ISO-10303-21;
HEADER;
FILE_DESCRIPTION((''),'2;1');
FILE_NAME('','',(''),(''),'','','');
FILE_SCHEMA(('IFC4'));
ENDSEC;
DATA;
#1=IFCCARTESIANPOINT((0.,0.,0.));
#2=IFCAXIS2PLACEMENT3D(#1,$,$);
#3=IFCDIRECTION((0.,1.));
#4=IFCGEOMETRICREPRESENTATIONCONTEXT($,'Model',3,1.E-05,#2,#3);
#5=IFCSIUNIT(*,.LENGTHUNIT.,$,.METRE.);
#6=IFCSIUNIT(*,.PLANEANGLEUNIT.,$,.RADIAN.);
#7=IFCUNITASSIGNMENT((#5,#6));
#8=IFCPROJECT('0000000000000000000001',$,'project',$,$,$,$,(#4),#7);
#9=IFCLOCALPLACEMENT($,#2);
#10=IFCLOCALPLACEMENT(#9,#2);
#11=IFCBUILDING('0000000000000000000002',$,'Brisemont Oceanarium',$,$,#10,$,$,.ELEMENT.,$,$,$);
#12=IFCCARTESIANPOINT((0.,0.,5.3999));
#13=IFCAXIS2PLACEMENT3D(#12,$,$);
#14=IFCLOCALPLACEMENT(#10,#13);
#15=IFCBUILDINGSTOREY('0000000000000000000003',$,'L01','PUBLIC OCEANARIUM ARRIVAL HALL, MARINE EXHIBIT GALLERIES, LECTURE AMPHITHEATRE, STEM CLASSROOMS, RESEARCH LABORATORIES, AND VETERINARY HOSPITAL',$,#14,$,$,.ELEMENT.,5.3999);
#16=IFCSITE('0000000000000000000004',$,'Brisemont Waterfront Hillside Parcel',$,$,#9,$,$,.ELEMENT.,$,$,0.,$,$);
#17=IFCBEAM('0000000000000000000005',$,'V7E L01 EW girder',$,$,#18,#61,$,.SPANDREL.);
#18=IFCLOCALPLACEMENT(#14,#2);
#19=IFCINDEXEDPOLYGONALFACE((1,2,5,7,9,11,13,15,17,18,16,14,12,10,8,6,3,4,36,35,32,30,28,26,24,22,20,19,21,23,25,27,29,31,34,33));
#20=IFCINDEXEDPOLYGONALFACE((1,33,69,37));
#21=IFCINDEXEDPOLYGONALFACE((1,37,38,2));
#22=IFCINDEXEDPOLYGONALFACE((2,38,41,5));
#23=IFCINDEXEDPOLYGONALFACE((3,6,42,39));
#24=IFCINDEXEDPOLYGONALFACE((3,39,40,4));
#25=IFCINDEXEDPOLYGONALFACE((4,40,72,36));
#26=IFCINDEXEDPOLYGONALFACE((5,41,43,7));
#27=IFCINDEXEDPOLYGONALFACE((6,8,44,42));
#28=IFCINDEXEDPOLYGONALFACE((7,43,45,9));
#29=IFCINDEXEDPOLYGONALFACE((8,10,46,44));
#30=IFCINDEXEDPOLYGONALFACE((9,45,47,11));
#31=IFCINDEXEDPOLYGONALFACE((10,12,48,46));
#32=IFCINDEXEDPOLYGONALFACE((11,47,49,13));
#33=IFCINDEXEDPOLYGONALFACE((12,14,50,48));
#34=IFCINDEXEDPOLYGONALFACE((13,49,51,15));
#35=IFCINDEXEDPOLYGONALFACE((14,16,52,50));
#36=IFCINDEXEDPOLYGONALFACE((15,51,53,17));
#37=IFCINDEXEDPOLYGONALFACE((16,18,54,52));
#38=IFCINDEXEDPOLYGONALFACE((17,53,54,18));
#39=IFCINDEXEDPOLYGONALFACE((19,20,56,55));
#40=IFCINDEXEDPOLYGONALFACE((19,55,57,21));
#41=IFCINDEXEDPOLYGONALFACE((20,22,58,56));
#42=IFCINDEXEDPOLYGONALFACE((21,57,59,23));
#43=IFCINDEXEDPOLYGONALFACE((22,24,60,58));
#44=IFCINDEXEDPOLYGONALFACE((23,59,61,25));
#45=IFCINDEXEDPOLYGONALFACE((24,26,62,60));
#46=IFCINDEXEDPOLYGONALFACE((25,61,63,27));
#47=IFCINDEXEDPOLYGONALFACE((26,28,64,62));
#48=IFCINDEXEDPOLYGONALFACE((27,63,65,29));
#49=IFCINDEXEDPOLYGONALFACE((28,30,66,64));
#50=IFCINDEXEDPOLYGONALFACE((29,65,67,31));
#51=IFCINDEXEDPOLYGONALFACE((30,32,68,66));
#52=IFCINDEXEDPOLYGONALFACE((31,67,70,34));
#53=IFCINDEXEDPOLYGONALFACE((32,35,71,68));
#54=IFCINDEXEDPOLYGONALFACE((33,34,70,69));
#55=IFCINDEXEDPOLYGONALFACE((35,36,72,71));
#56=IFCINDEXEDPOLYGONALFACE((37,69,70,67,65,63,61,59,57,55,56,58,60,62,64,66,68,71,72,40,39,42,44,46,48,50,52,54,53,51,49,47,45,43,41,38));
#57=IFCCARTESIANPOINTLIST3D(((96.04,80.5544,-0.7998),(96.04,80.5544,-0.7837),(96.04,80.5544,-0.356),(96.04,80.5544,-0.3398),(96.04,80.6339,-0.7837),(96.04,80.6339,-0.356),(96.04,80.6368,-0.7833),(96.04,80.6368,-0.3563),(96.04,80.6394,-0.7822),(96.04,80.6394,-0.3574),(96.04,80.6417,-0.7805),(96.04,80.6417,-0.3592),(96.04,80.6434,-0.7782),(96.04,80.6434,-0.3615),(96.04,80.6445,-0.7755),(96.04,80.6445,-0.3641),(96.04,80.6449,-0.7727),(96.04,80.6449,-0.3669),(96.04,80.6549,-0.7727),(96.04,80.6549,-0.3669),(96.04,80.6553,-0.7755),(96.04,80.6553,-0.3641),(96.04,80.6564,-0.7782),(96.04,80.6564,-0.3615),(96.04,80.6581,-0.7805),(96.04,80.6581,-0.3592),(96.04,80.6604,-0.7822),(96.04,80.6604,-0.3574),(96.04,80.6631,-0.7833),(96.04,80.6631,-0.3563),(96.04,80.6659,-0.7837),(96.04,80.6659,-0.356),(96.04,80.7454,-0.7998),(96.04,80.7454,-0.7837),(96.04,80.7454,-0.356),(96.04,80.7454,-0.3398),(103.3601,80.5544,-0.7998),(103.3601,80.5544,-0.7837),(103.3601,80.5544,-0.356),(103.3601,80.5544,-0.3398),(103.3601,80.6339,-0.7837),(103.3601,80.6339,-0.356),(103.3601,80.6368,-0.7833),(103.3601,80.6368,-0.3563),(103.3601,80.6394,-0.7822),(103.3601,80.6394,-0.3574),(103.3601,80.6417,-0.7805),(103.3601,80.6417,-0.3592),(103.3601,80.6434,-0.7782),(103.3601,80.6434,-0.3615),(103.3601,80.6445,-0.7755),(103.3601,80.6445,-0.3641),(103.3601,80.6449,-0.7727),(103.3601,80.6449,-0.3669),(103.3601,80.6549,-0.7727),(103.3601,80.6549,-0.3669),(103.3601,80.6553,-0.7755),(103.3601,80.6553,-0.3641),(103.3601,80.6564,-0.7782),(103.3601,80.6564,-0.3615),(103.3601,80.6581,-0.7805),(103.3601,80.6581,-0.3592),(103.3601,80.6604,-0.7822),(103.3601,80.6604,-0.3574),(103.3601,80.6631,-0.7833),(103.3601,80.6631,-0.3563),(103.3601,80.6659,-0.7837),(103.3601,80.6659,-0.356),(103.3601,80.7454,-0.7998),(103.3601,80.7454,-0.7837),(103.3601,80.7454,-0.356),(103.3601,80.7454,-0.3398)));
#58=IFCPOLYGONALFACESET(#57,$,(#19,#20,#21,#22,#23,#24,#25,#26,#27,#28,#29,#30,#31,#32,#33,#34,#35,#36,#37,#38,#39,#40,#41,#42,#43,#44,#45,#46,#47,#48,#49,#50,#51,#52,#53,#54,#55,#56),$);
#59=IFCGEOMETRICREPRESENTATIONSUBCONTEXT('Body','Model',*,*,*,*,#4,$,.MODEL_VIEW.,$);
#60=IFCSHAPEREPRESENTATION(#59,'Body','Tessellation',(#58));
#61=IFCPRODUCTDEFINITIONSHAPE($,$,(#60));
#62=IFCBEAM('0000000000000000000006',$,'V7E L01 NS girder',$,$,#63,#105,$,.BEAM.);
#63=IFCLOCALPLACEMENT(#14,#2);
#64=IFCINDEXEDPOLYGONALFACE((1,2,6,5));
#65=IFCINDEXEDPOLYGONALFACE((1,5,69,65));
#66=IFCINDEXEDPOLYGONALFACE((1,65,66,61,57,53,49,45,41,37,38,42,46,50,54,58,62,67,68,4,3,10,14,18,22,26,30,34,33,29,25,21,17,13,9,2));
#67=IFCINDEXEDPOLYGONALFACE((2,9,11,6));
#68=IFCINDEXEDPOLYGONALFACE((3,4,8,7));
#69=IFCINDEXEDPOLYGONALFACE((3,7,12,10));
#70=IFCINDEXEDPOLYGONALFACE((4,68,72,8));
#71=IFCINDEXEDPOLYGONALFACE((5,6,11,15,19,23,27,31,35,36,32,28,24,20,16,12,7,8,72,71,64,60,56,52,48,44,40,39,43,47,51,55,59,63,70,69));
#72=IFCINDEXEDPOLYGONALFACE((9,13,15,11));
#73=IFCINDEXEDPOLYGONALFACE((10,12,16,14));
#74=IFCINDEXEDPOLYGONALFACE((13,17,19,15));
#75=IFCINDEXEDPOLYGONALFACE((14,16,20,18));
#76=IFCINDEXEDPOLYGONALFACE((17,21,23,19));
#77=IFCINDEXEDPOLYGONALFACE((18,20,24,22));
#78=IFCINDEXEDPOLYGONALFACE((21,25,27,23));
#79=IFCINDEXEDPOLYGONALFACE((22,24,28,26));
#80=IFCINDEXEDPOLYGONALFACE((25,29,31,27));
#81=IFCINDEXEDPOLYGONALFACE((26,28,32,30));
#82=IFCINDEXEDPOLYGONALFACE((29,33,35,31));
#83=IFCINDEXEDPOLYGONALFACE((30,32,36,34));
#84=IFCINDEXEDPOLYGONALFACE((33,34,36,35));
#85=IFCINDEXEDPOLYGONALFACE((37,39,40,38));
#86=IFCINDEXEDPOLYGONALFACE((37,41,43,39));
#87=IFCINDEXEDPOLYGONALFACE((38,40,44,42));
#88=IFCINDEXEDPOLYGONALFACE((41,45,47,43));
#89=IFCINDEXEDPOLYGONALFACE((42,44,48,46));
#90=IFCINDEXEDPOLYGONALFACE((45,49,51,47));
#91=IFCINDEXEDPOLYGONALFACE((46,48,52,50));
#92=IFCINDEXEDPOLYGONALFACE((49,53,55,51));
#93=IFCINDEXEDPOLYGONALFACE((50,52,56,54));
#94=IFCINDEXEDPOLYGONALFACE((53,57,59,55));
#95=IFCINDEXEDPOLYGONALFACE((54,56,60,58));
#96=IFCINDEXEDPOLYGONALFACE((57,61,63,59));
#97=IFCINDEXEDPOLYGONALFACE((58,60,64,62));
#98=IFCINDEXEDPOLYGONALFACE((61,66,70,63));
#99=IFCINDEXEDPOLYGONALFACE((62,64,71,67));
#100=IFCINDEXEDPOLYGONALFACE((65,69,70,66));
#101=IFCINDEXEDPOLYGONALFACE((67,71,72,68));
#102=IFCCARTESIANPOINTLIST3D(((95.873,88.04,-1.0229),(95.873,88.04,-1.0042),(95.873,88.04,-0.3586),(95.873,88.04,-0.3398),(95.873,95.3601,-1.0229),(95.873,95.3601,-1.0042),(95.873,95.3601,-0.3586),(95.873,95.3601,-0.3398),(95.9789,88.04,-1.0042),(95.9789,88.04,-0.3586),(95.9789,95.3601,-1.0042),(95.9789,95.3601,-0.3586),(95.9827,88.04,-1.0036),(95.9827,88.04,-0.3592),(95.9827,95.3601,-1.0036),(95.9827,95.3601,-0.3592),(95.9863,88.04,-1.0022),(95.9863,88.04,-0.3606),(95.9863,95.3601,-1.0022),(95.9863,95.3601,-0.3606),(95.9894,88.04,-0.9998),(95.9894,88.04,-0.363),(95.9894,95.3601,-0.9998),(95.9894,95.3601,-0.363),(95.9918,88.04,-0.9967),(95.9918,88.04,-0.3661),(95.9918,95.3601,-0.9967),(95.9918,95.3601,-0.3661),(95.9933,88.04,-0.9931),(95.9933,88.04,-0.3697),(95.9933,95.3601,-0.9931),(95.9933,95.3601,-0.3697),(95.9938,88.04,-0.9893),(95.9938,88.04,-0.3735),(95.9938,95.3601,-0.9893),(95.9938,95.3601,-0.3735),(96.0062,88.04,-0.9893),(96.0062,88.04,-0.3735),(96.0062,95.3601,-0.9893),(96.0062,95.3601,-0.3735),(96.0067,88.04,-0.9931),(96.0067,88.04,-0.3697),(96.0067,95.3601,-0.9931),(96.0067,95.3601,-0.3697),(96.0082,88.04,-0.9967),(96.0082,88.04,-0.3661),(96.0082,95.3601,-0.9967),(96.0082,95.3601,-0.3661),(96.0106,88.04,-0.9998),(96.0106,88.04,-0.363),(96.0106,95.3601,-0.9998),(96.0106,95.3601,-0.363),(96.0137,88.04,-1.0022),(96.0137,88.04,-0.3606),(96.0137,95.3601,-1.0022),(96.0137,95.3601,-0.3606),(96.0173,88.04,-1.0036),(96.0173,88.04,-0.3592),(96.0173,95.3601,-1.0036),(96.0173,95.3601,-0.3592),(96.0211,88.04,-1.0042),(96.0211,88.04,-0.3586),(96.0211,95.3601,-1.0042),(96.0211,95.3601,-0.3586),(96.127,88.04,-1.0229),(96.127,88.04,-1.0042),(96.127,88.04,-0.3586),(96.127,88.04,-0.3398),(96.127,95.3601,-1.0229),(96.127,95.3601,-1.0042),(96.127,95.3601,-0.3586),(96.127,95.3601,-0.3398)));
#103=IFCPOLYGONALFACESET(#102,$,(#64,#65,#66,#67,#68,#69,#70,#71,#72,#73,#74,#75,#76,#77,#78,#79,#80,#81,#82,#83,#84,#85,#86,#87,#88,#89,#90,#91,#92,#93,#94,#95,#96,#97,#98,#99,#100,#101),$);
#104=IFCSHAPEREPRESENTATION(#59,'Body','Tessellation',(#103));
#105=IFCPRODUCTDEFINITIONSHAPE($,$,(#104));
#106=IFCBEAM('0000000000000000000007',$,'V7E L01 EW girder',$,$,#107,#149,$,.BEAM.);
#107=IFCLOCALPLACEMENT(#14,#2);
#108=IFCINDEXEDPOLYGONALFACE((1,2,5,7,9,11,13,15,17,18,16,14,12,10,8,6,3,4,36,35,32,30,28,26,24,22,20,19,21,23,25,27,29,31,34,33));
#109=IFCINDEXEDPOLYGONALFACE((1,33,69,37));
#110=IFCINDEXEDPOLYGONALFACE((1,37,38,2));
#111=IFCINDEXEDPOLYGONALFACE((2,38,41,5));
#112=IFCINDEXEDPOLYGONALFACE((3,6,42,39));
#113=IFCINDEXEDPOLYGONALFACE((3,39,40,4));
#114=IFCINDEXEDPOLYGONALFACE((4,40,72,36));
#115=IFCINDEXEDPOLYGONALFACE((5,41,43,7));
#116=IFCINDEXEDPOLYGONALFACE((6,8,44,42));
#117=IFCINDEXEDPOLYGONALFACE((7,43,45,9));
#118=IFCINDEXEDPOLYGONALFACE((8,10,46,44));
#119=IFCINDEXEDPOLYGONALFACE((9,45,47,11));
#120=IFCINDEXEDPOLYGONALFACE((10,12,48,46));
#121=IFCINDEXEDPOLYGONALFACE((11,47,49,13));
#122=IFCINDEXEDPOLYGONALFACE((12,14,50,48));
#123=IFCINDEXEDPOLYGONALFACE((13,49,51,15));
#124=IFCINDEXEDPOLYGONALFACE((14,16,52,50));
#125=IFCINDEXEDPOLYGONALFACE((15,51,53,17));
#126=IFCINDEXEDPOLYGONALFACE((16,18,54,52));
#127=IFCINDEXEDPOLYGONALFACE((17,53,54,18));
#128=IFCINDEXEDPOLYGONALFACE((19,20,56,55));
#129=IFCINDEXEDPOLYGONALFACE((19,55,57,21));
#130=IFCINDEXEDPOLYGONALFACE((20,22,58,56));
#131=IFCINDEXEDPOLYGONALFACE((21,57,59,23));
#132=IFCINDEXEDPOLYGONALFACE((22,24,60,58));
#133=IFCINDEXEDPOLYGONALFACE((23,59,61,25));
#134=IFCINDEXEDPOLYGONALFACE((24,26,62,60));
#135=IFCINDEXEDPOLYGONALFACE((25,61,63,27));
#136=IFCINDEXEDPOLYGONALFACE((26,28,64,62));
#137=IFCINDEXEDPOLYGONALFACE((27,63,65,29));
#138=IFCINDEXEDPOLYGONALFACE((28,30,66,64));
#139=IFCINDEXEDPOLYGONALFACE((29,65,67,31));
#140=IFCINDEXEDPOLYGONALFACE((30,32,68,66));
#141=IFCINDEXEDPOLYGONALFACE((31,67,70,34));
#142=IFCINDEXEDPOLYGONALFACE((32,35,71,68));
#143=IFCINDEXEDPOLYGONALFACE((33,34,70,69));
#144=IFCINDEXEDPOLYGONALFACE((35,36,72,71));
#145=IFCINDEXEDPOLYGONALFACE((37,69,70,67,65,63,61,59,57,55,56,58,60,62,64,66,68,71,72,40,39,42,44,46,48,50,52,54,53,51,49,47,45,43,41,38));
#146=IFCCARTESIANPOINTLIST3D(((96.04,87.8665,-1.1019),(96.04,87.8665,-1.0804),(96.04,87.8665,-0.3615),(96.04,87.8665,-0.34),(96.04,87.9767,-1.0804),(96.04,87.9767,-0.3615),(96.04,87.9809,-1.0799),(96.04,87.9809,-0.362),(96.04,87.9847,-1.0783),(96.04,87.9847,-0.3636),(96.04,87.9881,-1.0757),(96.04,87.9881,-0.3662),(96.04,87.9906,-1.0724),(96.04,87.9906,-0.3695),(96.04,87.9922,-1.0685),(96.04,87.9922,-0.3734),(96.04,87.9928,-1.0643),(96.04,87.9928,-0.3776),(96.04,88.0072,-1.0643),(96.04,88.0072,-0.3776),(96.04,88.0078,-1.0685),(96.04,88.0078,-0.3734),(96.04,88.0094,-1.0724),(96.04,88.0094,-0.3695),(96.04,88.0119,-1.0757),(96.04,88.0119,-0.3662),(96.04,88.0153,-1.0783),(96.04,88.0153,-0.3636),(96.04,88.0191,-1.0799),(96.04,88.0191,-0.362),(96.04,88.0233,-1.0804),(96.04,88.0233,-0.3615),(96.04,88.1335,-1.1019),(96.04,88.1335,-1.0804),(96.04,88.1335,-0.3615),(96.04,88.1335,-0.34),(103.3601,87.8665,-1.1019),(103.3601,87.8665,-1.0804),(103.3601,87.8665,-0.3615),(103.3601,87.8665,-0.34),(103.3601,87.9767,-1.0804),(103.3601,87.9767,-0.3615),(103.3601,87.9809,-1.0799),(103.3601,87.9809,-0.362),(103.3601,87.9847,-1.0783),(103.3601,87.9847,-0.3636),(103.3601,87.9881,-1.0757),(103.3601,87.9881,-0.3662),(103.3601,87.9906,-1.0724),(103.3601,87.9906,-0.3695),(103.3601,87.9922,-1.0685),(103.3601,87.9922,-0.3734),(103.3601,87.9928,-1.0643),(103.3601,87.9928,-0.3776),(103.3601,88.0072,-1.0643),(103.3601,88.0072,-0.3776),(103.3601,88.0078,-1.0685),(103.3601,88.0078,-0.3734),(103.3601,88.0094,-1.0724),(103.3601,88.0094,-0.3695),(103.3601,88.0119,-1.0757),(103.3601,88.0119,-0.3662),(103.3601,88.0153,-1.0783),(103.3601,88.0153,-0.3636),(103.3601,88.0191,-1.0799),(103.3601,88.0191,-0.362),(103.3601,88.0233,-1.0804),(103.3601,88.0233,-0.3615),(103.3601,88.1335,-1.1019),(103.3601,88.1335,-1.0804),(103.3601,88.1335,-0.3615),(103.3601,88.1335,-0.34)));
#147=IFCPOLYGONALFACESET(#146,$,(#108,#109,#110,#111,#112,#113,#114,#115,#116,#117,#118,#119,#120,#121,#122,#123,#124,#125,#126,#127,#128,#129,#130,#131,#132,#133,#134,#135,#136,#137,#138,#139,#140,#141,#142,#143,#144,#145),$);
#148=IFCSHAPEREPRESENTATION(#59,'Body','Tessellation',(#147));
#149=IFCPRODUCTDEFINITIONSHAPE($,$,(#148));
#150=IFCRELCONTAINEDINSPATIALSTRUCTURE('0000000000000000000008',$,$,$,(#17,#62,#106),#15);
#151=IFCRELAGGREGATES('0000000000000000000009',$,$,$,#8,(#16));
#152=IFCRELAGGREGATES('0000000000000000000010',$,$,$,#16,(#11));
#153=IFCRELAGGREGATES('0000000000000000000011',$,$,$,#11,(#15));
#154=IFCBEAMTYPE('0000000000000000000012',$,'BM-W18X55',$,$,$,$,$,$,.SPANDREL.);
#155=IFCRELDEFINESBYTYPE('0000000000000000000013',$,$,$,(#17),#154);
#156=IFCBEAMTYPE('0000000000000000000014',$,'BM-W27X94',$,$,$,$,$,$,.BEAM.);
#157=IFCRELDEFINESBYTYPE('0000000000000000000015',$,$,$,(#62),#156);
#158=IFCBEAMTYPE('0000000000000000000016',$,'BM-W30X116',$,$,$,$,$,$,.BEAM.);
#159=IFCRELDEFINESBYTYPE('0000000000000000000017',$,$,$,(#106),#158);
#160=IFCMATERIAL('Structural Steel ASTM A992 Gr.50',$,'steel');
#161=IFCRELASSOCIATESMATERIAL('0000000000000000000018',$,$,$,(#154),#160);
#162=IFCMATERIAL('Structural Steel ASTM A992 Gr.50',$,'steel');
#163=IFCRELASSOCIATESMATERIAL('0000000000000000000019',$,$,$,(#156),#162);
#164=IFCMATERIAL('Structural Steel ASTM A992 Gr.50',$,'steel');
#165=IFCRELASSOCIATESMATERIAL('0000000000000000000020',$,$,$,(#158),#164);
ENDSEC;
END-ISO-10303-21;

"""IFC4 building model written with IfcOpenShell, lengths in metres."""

from ifc_helpers import new_model, si_unit, direction, frame, origin, origin_2d, place, context, subcontext, project, spatial, i_section, extrude, material, material_profile, profile_set, type_object, element, save


model = new_model("IFC4")

# Units and contexts
model_context = context("Model", 3, precision=1e-05, world=origin(), true_north=direction((0.0, 1.0)))
body_context = subcontext(model_context, "Body", "Model", "MODEL_VIEW")
ifc_project = project(units=[si_unit("LENGTHUNIT", "METRE"), si_unit("PLANEANGLEUNIT", "RADIAN")], contexts=[model_context])

# Site, building, storey
site_placement = place(None, origin())
site = spatial("IfcSite", under=ifc_project, at=site_placement, Name="Brisemont Waterfront Hillside Parcel", CompositionType="ELEMENT", RefElevation=0.0)
building_placement = place(site_placement, origin())
building = spatial("IfcBuilding", under=site, at=building_placement, Name="Brisemont Oceanarium", CompositionType="ELEMENT")
storey_placement = place(building_placement, frame((0.0, 0.0, 5.3999)))
storey = spatial("IfcBuildingStorey", under=building, at=storey_placement, Name="L01", Description="PUBLIC OCEANARIUM ARRIVAL HALL, MARINE EXHIBIT GALLERIES, LECTURE AMPHITHEATRE, STEM CLASSROOMS, RESEARCH LABORATORIES, AND VETERINARY HOSPITAL", CompositionType="ELEMENT", Elevation=5.3999)

# Beams
ifc_material_1 = material(Name="Structural Steel ASTM A992 Gr.50", Category="steel")
ifc_material_profile_1 = material_profile(ifc_material_1, i_section(OverallWidth=0.1909, OverallDepth=0.46, WebThickness=0.01, FlangeThickness=0.0161, FilletRadius=0.011, at=origin_2d()), Name="W18X55")
ifc_profile_set_1 = profile_set([ifc_material_profile_1], Name="Structural Steel ASTM A992 Gr.50")
beam_type_1 = type_object("IfcBeamType", Name="BM-W18X55", PredefinedType="SPANDREL", material=ifc_profile_set_1)
beam_1_placement = place(storey_placement, frame((96.04, 80.6499, -0.5698), z_axis=(1.0, 0.0, 0.0), x_axis=(0.0, 1.0, 0.0)))
element("IfcBeam", 1, at=beam_1_placement, inside=storey, type_object=beam_type_1, Name="V7E L01 EW girder", PredefinedType="SPANDREL", context=body_context, shape_type="SweptSolid", body=[
    extrude(i_section(OverallWidth=0.1909, OverallDepth=0.46, WebThickness=0.01, FlangeThickness=0.0161, FilletRadius=0.011, at=origin_2d()), origin(), (0.0, 0.0, 1.0), 7.3201),
])
ifc_material_2 = material(Name="Structural Steel ASTM A992 Gr.50", Category="steel")
ifc_material_profile_2 = material_profile(ifc_material_2, i_section(OverallWidth=0.2539, OverallDepth=0.6831, WebThickness=0.0125, FlangeThickness=0.0188, FilletRadius=0.0149, at=origin_2d()), Name="W27X94")
ifc_profile_set_2 = profile_set([ifc_material_profile_2], Name="Structural Steel ASTM A992 Gr.50")
beam_type_2 = type_object("IfcBeamType", Name="BM-W27X94", PredefinedType="BEAM", material=ifc_profile_set_2)
beam_2_placement = place(storey_placement, frame((96.0, 88.04, -0.6814), z_axis=(0.0, 1.0, 0.0), x_axis=(-1.0, 0.0, 0.0)))
element("IfcBeam", 2, at=beam_2_placement, inside=storey, type_object=beam_type_2, Name="V7E L01 NS girder", PredefinedType="BEAM", context=body_context, shape_type="SweptSolid", body=[
    extrude(i_section(OverallWidth=0.2539, OverallDepth=0.6831, WebThickness=0.0125, FlangeThickness=0.0188, FilletRadius=0.0149, at=origin_2d()), origin(), (0.0, 0.0, 1.0), 7.3201),
])
ifc_material_3 = material(Name="Structural Steel ASTM A992 Gr.50", Category="steel")
ifc_material_profile_3 = material_profile(ifc_material_3, i_section(OverallWidth=0.2671, OverallDepth=0.762, WebThickness=0.0144, FlangeThickness=0.0215, FilletRadius=0.0161, at=origin_2d()), Name="W30X116")
ifc_profile_set_3 = profile_set([ifc_material_profile_3], Name="Structural Steel ASTM A992 Gr.50")
beam_type_3 = type_object("IfcBeamType", Name="BM-W30X116", PredefinedType="BEAM", material=ifc_profile_set_3)
beam_3_placement = place(storey_placement, frame((96.04, 88.0, -0.7209), z_axis=(1.0, 0.0, 0.0), x_axis=(0.0, 1.0, 0.0)))
element("IfcBeam", 3, at=beam_3_placement, inside=storey, type_object=beam_type_3, Name="V7E L01 EW girder", PredefinedType="BEAM", context=body_context, shape_type="SweptSolid", body=[
    extrude(i_section(OverallWidth=0.2671, OverallDepth=0.762, WebThickness=0.0144, FlangeThickness=0.0215, FilletRadius=0.0161, at=origin_2d()), origin(), (0.0, 0.0, 1.0), 7.3201),
])

save(model, "model.ifc")
